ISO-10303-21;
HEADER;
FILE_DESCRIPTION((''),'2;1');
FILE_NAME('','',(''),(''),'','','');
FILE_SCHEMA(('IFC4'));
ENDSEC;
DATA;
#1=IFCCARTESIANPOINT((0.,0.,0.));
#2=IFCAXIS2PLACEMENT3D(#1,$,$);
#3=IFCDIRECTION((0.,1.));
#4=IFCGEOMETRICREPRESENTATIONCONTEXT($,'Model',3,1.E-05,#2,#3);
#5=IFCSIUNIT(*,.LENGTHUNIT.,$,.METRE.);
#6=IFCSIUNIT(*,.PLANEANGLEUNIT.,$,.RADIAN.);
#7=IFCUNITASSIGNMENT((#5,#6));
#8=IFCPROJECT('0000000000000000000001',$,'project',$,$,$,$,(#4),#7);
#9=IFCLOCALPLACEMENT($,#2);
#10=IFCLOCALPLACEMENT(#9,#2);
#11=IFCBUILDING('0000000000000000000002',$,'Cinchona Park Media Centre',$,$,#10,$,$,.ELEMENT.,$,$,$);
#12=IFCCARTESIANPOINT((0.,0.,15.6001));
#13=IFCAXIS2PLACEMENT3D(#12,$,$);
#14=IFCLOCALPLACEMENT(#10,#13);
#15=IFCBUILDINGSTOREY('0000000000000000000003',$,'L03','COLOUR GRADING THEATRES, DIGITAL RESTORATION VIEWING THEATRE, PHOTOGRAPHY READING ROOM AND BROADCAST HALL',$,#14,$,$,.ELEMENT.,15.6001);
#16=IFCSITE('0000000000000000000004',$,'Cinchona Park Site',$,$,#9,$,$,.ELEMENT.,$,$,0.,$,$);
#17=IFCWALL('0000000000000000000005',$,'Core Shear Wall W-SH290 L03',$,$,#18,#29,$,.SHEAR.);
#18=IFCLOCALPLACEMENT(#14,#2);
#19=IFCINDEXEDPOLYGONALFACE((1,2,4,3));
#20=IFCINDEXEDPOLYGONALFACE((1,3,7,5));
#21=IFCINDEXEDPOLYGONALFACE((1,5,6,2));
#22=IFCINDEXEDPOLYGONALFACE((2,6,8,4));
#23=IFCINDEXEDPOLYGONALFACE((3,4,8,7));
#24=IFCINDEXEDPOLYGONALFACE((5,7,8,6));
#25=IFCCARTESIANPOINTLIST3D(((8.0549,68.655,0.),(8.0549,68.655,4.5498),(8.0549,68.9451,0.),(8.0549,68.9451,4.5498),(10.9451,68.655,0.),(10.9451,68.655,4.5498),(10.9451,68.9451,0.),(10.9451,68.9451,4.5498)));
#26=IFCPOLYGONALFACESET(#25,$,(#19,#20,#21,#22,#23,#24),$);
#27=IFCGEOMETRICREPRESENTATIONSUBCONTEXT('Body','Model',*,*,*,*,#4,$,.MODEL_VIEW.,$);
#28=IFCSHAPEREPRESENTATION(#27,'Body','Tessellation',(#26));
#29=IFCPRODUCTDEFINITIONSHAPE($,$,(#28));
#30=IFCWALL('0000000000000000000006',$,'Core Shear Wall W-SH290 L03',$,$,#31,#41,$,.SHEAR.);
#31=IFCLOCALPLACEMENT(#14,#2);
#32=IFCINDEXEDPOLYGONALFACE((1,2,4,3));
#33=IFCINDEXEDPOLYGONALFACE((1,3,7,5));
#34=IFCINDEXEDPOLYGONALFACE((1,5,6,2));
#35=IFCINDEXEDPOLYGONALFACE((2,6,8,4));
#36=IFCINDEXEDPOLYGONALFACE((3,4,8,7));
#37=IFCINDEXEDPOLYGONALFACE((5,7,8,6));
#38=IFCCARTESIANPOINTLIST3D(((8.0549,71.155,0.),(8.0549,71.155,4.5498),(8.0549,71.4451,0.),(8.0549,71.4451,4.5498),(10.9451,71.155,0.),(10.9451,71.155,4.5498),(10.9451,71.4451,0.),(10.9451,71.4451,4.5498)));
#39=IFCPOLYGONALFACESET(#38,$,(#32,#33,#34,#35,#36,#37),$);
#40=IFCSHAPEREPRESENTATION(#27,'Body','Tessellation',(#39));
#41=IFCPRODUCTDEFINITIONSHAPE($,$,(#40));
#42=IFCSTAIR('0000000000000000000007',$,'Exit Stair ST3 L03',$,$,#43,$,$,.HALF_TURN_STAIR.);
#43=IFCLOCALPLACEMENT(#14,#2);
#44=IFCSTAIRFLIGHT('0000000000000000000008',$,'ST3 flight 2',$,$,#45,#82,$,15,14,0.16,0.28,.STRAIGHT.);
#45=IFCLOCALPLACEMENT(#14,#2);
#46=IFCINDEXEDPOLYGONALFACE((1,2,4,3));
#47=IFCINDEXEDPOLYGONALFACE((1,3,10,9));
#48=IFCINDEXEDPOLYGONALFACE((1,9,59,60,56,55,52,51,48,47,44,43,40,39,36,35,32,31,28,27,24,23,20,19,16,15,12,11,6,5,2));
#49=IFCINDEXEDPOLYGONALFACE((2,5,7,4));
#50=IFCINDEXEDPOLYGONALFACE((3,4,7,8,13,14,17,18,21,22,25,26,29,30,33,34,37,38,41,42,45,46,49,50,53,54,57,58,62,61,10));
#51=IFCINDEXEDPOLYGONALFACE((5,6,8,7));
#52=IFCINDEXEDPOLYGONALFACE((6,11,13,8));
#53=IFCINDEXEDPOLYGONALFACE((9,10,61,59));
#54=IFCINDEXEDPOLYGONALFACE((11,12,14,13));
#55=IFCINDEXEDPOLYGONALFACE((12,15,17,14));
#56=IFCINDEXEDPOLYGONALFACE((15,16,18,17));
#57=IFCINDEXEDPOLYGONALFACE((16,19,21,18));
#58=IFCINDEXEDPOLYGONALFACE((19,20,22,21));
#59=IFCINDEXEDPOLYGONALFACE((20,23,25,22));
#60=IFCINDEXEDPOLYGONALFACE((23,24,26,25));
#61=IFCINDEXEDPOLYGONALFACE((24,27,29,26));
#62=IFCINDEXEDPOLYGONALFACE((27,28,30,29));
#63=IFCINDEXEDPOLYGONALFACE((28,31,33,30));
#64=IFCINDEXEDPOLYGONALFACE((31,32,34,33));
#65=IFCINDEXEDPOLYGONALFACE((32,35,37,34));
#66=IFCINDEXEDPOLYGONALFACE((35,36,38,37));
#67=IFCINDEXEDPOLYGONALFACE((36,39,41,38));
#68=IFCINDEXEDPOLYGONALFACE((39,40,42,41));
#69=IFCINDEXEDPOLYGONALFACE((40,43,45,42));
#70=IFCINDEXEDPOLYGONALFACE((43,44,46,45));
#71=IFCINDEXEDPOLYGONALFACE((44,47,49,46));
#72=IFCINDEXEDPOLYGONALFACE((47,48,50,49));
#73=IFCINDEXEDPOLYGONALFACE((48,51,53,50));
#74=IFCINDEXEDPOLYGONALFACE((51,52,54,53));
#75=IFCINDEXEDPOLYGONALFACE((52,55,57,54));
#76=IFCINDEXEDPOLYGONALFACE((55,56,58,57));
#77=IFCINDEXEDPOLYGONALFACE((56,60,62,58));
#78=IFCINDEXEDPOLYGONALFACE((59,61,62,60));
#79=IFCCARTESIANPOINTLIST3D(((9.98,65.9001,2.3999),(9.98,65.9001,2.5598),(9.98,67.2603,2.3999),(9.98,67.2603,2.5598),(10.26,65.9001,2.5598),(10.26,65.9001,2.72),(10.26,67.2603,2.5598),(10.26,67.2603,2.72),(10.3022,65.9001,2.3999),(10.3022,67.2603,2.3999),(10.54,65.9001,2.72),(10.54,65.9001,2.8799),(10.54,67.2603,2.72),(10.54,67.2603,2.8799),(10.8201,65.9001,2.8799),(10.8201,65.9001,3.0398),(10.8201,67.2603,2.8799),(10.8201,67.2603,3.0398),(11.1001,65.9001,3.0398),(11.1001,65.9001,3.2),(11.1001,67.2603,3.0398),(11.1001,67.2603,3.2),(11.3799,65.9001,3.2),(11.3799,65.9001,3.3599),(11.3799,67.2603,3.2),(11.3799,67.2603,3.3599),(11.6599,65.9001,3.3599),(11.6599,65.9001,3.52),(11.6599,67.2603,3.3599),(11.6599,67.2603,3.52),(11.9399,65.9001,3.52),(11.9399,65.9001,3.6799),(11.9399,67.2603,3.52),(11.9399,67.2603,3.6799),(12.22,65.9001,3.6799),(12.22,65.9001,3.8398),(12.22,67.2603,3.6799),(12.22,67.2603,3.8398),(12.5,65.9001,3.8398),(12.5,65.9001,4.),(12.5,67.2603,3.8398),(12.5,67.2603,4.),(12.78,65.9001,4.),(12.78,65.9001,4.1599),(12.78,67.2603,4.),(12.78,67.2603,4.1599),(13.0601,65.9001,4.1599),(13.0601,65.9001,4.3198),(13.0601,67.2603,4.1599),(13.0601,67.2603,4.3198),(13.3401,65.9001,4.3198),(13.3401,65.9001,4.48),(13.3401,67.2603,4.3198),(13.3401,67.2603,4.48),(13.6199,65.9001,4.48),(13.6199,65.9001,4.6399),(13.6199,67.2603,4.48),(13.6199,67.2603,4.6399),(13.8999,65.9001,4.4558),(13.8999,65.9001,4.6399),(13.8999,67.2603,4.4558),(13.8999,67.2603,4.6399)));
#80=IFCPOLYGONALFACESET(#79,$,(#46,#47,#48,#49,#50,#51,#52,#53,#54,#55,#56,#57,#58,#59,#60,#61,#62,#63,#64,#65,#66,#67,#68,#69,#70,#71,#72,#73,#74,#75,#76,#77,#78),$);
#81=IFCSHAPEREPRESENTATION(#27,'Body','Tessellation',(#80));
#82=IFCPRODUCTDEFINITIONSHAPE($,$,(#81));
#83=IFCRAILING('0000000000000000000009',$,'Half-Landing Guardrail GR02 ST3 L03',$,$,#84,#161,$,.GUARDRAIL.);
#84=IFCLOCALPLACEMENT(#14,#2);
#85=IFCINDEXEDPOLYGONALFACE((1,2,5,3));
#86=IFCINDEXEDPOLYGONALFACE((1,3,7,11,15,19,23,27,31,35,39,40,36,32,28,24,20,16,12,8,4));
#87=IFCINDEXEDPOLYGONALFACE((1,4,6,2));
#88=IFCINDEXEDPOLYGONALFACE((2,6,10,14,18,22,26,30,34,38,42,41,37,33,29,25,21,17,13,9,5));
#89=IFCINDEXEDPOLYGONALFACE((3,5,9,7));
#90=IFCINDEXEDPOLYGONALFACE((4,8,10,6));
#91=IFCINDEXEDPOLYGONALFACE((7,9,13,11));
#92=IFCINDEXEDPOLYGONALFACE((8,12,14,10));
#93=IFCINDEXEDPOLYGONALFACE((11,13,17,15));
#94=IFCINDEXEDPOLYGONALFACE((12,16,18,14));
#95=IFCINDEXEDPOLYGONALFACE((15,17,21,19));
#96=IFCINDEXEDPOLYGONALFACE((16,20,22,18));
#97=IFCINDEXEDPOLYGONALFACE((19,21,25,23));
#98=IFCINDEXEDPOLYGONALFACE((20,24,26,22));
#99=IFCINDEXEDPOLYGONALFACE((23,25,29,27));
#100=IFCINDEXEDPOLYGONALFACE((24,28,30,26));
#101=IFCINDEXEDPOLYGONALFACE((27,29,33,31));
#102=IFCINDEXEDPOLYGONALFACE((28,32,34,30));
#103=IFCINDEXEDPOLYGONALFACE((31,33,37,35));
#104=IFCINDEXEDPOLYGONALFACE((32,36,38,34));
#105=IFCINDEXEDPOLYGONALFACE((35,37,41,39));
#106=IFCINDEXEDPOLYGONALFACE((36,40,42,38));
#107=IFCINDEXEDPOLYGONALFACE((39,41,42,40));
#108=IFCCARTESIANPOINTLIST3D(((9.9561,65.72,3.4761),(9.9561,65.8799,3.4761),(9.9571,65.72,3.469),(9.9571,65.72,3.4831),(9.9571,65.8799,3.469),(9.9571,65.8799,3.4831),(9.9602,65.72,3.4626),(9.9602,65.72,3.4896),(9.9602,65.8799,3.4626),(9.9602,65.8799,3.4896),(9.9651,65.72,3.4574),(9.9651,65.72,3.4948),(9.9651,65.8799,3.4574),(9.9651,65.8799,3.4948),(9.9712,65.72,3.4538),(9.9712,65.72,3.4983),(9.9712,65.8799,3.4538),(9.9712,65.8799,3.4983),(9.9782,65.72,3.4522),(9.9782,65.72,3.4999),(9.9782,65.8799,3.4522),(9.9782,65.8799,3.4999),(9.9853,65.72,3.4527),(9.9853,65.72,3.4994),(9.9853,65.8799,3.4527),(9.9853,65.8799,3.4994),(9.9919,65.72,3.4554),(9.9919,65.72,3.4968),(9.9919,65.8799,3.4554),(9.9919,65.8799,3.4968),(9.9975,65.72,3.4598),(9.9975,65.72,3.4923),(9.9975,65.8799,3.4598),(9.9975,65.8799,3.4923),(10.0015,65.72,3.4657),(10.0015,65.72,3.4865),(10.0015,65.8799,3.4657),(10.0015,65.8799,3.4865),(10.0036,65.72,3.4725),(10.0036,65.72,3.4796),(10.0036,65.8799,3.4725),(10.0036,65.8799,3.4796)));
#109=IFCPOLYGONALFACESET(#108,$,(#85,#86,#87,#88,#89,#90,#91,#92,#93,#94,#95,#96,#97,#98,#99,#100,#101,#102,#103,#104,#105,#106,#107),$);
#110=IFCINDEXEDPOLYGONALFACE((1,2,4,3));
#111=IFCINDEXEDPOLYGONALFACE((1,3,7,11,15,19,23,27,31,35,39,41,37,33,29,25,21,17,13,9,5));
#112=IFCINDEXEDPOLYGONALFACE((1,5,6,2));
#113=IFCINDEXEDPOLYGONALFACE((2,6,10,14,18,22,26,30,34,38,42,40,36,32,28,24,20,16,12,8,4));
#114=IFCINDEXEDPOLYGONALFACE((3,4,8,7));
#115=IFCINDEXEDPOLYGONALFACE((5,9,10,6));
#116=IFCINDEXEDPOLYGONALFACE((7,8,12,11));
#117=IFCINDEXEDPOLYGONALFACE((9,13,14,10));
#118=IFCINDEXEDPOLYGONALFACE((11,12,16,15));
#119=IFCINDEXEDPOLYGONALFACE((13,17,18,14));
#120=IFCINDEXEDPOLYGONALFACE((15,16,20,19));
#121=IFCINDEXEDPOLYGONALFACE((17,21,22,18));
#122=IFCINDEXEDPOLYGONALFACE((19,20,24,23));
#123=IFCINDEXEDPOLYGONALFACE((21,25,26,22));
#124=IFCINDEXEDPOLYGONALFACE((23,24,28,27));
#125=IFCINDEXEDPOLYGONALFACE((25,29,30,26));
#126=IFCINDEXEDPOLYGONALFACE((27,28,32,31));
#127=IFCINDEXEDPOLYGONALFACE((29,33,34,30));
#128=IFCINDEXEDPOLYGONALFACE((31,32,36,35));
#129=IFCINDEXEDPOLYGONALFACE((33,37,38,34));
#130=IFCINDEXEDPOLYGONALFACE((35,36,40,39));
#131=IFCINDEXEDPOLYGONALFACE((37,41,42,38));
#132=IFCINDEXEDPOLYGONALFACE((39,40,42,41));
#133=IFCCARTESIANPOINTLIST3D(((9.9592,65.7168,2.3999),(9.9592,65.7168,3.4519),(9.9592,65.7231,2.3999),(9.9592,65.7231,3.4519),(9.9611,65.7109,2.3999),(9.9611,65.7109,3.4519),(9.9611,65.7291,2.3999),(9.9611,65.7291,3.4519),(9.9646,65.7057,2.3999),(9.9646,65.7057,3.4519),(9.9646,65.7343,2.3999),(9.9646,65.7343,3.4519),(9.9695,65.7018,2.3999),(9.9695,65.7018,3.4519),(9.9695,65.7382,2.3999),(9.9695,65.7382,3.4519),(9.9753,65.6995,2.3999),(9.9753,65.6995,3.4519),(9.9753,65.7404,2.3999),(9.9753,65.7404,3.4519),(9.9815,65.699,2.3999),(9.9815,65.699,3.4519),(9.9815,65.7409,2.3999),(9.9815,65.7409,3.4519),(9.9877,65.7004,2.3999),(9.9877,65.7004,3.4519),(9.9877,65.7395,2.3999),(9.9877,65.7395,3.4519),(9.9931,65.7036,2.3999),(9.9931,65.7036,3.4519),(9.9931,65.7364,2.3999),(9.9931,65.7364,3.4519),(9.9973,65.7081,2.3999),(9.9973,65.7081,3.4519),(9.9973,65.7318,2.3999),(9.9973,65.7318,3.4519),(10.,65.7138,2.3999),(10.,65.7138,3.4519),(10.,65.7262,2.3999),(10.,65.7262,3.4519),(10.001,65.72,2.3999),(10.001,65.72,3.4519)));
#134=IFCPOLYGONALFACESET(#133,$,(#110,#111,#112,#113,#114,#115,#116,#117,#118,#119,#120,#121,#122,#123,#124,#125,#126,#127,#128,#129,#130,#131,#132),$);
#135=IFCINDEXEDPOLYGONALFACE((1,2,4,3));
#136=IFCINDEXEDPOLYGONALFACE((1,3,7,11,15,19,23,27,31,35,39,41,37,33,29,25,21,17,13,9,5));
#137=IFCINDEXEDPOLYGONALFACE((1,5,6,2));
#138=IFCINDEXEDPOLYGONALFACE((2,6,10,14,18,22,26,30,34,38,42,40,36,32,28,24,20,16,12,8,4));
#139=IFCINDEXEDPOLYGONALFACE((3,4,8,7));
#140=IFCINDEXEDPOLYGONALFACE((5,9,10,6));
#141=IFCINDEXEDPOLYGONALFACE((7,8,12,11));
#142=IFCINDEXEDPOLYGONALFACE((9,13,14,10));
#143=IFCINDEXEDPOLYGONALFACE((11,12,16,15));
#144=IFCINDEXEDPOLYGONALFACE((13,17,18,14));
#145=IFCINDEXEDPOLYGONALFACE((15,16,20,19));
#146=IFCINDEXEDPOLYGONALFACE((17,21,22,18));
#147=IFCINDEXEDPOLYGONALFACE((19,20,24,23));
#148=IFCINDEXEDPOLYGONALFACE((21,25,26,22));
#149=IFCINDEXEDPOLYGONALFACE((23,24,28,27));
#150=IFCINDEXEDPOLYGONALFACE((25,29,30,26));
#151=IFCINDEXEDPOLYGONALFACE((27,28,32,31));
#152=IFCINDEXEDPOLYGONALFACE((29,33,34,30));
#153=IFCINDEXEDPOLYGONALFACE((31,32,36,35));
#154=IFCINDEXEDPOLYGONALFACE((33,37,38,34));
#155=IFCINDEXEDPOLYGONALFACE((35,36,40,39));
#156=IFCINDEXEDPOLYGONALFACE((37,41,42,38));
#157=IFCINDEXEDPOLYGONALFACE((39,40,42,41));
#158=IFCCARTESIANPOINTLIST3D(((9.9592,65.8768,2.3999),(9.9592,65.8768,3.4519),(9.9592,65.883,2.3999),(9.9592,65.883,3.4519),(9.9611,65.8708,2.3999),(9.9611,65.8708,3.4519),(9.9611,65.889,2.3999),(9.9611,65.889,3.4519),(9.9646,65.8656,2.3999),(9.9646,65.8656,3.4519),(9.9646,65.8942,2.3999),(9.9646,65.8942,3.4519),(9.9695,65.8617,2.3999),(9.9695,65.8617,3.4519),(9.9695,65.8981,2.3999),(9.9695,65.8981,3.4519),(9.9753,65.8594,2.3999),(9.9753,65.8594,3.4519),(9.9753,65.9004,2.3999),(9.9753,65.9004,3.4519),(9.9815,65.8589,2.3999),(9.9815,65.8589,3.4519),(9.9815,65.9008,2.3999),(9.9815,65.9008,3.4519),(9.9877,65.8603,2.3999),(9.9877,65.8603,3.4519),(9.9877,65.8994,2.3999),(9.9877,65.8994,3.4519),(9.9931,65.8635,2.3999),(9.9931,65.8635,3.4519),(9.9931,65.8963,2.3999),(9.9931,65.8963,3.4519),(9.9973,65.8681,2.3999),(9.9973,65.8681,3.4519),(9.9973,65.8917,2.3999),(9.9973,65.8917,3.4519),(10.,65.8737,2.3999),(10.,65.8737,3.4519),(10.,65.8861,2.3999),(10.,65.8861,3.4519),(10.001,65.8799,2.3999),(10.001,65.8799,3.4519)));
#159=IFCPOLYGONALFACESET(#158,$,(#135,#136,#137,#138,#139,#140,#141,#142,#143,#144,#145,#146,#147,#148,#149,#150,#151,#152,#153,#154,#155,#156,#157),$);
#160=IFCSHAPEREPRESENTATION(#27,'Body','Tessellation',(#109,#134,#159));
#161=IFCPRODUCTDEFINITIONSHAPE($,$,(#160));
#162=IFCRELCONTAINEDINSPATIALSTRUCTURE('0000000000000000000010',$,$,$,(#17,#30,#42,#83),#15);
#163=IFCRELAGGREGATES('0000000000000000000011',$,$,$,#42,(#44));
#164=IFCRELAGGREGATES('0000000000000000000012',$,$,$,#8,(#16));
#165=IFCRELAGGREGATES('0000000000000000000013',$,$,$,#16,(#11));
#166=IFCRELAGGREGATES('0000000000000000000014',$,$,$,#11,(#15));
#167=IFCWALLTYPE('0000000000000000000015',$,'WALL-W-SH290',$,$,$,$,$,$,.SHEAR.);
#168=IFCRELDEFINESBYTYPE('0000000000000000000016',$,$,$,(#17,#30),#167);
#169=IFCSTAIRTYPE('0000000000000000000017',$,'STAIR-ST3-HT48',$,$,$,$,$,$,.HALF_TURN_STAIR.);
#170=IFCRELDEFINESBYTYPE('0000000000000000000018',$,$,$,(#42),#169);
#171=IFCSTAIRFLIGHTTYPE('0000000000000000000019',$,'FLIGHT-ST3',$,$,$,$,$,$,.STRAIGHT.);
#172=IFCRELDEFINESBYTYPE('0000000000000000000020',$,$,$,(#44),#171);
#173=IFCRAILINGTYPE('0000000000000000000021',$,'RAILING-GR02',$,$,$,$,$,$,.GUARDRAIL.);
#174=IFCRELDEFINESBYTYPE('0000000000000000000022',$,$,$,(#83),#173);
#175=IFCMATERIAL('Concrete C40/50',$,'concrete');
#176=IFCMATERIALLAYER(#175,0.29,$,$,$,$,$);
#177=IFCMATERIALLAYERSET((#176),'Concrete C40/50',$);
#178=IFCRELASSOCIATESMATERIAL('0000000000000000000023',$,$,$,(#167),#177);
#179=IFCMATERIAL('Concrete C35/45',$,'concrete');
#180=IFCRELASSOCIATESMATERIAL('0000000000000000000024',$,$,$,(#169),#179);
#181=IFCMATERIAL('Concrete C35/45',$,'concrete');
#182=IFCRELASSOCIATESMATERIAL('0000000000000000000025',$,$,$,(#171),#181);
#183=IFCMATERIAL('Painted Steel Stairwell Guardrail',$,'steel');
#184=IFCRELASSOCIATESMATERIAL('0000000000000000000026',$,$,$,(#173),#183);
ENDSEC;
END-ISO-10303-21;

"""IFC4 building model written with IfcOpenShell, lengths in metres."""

from ifc_helpers import new_model, si_unit, direction, frame, frame_2d, origin, origin_2d, place, context, subcontext, project, spatial, polyline, rectangle, circle, outline, extrude, material, layer, layer_set, type_object, element, aggregate, save


model = new_model("IFC4")

# Units and contexts
model_context = context("Model", 3, precision=1e-05, world=origin(), true_north=direction((0.0, 1.0)))
body_context = subcontext(model_context, "Body", "Model", "MODEL_VIEW")
ifc_project = project(units=[si_unit("LENGTHUNIT", "METRE"), si_unit("PLANEANGLEUNIT", "RADIAN")], contexts=[model_context])

# Site, building, storey
site_placement = place(None, origin())
site = spatial("IfcSite", under=ifc_project, at=site_placement, Name="Cinchona Park Site", CompositionType="ELEMENT", RefElevation=0.0)
building_placement = place(site_placement, origin())
building = spatial("IfcBuilding", under=site, at=building_placement, Name="Cinchona Park Media Centre", CompositionType="ELEMENT")
storey_placement = place(building_placement, frame((0.0, 0.0, 15.6001)))
storey = spatial("IfcBuildingStorey", under=building, at=storey_placement, Name="L03", Description="COLOUR GRADING THEATRES, DIGITAL RESTORATION VIEWING THEATRE, PHOTOGRAPHY READING ROOM AND BROADCAST HALL", CompositionType="ELEMENT", Elevation=15.6001)

# Walls
ifc_material_1 = material(Name="Concrete C40/50", Category="concrete")
ifc_layer_1 = layer(ifc_material_1, 0.29)
ifc_layer_set_1 = layer_set([ifc_layer_1], Name="Concrete C40/50")
wall_type_1 = type_object("IfcWallType", Name="WALL-W-SH290", PredefinedType="SHEAR", material=ifc_layer_set_1)
for number, where, z_axis, x_axis, name in (
    (1, (8.0549, 68.8, 0.0), (0.0, 0.0, 1.0), (1.0, 0.0, 0.0), "Core Shear Wall W-SH290 L03"),
    (2, (8.0549, 71.3, 0.0), (0.0, 0.0, 1.0), (1.0, 0.0, 0.0), "Core Shear Wall W-SH290 L03"),
):
    element("IfcWall", number, at=place(storey_placement, frame(where, z_axis=z_axis, x_axis=x_axis)), inside=storey, type_object=wall_type_1, Name=name, PredefinedType="SHEAR", context=body_context, shape_type="SweptSolid", body=[
        extrude(rectangle(XDim=2.8901, YDim=0.29, at=frame_2d((1.4451, 0.0))), origin(), (0.0, 0.0, 1.0), 4.5498),
    ])

# Stair, stair flight
ifc_material_2 = material(Name="Concrete C35/45", Category="concrete")
stair_type = type_object("IfcStairType", Name="STAIR-ST3-HT48", PredefinedType="HALF_TURN_STAIR", material=ifc_material_2)
stair_placement = place(storey_placement, origin())
stair = element("IfcStair", 3, at=stair_placement, inside=storey, type_object=stair_type, Name="Exit Stair ST3 L03", PredefinedType="HALF_TURN_STAIR")
ifc_material_3 = material(Name="Concrete C35/45", Category="concrete")
stair_flight_type = type_object("IfcStairFlightType", Name="FLIGHT-ST3", PredefinedType="STRAIGHT", material=ifc_material_3)
stair_flight_placement = place(storey_placement, frame((9.98, 66.5801, 2.3999), z_axis=(0.0, 0.0, 1.0), x_axis=(1.0, 0.0, 0.0)))
stair_flight = element("IfcStairFlight", 4, at=stair_flight_placement, type_object=stair_flight_type, Name="ST3 flight 2", NumberOfRisers=15, NumberOfTreads=14, PredefinedType="STRAIGHT", RiserHeight=0.16, TreadLength=0.28, context=body_context, shape_type="SweptSolid", body=[
    extrude(outline(polyline([(0.0, 0.0), (0.0, 0.1599), (0.28, 0.1599), (0.28, 0.3201), (0.5601, 0.3201), (0.5601, 0.48), (0.8401, 0.48), (0.8401, 0.6399), (1.1201, 0.6399), (1.1201, 0.8), (1.3999, 0.8), (1.3999, 0.96), (1.6799, 0.96), (1.6799, 1.1201), (1.96, 1.1201), (1.96, 1.28), (2.24, 1.28), (2.24, 1.4399), (2.52, 1.4399), (2.52, 1.6001), (2.8, 1.6001), (2.8, 1.76), (3.0801, 1.76), (3.0801, 1.9199), (3.3601, 1.9199), (3.3601, 2.0801), (3.6399, 2.0801), (3.6399, 2.24), (3.9199, 2.24), (3.9199, 2.3999), (3.9199, 2.0559), (0.3223, 0.0), (0.0, 0.0)])), frame((0.0, 0.6802, 0.0), z_axis=(0.0, -1.0, 0.0), x_axis=(1.0, 0.0, 0.0)), (0.0, 0.0, 1.0), 1.3601),
])
aggregate(stair, [stair_flight])

# Railing
ifc_material_4 = material(Name="Painted Steel Stairwell Guardrail", Category="steel")
railing_type_1 = type_object("IfcRailingType", Name="RAILING-GR02", PredefinedType="GUARDRAIL", material=ifc_material_4)
railing_1_placement = place(storey_placement, frame((9.98, 65.72, 2.3999)))
element("IfcRailing", 5, at=railing_1_placement, inside=storey, type_object=railing_type_1, Name="Half-Landing Guardrail GR02 ST3 L03", PredefinedType="GUARDRAIL", context=body_context, shape_type="SweptSolid", body=[
    extrude(circle(Radius=0.0239, at=origin_2d()), frame((0.0, 0.0, 1.0762), z_axis=(0.0, 1.0, 0.0), x_axis=(-1.0, 0.0, 0.0)), (0.0, 0.0, 1.0), 0.1599),
    extrude(circle(Radius=0.021, at=origin_2d()), origin(), (0.0, 0.0, 1.0), 1.052),
    extrude(circle(Radius=0.021, at=origin_2d()), frame((0.0, 0.1599, 0.0)), (0.0, 0.0, 1.0), 1.052),
])

save(model, "model.ifc")
